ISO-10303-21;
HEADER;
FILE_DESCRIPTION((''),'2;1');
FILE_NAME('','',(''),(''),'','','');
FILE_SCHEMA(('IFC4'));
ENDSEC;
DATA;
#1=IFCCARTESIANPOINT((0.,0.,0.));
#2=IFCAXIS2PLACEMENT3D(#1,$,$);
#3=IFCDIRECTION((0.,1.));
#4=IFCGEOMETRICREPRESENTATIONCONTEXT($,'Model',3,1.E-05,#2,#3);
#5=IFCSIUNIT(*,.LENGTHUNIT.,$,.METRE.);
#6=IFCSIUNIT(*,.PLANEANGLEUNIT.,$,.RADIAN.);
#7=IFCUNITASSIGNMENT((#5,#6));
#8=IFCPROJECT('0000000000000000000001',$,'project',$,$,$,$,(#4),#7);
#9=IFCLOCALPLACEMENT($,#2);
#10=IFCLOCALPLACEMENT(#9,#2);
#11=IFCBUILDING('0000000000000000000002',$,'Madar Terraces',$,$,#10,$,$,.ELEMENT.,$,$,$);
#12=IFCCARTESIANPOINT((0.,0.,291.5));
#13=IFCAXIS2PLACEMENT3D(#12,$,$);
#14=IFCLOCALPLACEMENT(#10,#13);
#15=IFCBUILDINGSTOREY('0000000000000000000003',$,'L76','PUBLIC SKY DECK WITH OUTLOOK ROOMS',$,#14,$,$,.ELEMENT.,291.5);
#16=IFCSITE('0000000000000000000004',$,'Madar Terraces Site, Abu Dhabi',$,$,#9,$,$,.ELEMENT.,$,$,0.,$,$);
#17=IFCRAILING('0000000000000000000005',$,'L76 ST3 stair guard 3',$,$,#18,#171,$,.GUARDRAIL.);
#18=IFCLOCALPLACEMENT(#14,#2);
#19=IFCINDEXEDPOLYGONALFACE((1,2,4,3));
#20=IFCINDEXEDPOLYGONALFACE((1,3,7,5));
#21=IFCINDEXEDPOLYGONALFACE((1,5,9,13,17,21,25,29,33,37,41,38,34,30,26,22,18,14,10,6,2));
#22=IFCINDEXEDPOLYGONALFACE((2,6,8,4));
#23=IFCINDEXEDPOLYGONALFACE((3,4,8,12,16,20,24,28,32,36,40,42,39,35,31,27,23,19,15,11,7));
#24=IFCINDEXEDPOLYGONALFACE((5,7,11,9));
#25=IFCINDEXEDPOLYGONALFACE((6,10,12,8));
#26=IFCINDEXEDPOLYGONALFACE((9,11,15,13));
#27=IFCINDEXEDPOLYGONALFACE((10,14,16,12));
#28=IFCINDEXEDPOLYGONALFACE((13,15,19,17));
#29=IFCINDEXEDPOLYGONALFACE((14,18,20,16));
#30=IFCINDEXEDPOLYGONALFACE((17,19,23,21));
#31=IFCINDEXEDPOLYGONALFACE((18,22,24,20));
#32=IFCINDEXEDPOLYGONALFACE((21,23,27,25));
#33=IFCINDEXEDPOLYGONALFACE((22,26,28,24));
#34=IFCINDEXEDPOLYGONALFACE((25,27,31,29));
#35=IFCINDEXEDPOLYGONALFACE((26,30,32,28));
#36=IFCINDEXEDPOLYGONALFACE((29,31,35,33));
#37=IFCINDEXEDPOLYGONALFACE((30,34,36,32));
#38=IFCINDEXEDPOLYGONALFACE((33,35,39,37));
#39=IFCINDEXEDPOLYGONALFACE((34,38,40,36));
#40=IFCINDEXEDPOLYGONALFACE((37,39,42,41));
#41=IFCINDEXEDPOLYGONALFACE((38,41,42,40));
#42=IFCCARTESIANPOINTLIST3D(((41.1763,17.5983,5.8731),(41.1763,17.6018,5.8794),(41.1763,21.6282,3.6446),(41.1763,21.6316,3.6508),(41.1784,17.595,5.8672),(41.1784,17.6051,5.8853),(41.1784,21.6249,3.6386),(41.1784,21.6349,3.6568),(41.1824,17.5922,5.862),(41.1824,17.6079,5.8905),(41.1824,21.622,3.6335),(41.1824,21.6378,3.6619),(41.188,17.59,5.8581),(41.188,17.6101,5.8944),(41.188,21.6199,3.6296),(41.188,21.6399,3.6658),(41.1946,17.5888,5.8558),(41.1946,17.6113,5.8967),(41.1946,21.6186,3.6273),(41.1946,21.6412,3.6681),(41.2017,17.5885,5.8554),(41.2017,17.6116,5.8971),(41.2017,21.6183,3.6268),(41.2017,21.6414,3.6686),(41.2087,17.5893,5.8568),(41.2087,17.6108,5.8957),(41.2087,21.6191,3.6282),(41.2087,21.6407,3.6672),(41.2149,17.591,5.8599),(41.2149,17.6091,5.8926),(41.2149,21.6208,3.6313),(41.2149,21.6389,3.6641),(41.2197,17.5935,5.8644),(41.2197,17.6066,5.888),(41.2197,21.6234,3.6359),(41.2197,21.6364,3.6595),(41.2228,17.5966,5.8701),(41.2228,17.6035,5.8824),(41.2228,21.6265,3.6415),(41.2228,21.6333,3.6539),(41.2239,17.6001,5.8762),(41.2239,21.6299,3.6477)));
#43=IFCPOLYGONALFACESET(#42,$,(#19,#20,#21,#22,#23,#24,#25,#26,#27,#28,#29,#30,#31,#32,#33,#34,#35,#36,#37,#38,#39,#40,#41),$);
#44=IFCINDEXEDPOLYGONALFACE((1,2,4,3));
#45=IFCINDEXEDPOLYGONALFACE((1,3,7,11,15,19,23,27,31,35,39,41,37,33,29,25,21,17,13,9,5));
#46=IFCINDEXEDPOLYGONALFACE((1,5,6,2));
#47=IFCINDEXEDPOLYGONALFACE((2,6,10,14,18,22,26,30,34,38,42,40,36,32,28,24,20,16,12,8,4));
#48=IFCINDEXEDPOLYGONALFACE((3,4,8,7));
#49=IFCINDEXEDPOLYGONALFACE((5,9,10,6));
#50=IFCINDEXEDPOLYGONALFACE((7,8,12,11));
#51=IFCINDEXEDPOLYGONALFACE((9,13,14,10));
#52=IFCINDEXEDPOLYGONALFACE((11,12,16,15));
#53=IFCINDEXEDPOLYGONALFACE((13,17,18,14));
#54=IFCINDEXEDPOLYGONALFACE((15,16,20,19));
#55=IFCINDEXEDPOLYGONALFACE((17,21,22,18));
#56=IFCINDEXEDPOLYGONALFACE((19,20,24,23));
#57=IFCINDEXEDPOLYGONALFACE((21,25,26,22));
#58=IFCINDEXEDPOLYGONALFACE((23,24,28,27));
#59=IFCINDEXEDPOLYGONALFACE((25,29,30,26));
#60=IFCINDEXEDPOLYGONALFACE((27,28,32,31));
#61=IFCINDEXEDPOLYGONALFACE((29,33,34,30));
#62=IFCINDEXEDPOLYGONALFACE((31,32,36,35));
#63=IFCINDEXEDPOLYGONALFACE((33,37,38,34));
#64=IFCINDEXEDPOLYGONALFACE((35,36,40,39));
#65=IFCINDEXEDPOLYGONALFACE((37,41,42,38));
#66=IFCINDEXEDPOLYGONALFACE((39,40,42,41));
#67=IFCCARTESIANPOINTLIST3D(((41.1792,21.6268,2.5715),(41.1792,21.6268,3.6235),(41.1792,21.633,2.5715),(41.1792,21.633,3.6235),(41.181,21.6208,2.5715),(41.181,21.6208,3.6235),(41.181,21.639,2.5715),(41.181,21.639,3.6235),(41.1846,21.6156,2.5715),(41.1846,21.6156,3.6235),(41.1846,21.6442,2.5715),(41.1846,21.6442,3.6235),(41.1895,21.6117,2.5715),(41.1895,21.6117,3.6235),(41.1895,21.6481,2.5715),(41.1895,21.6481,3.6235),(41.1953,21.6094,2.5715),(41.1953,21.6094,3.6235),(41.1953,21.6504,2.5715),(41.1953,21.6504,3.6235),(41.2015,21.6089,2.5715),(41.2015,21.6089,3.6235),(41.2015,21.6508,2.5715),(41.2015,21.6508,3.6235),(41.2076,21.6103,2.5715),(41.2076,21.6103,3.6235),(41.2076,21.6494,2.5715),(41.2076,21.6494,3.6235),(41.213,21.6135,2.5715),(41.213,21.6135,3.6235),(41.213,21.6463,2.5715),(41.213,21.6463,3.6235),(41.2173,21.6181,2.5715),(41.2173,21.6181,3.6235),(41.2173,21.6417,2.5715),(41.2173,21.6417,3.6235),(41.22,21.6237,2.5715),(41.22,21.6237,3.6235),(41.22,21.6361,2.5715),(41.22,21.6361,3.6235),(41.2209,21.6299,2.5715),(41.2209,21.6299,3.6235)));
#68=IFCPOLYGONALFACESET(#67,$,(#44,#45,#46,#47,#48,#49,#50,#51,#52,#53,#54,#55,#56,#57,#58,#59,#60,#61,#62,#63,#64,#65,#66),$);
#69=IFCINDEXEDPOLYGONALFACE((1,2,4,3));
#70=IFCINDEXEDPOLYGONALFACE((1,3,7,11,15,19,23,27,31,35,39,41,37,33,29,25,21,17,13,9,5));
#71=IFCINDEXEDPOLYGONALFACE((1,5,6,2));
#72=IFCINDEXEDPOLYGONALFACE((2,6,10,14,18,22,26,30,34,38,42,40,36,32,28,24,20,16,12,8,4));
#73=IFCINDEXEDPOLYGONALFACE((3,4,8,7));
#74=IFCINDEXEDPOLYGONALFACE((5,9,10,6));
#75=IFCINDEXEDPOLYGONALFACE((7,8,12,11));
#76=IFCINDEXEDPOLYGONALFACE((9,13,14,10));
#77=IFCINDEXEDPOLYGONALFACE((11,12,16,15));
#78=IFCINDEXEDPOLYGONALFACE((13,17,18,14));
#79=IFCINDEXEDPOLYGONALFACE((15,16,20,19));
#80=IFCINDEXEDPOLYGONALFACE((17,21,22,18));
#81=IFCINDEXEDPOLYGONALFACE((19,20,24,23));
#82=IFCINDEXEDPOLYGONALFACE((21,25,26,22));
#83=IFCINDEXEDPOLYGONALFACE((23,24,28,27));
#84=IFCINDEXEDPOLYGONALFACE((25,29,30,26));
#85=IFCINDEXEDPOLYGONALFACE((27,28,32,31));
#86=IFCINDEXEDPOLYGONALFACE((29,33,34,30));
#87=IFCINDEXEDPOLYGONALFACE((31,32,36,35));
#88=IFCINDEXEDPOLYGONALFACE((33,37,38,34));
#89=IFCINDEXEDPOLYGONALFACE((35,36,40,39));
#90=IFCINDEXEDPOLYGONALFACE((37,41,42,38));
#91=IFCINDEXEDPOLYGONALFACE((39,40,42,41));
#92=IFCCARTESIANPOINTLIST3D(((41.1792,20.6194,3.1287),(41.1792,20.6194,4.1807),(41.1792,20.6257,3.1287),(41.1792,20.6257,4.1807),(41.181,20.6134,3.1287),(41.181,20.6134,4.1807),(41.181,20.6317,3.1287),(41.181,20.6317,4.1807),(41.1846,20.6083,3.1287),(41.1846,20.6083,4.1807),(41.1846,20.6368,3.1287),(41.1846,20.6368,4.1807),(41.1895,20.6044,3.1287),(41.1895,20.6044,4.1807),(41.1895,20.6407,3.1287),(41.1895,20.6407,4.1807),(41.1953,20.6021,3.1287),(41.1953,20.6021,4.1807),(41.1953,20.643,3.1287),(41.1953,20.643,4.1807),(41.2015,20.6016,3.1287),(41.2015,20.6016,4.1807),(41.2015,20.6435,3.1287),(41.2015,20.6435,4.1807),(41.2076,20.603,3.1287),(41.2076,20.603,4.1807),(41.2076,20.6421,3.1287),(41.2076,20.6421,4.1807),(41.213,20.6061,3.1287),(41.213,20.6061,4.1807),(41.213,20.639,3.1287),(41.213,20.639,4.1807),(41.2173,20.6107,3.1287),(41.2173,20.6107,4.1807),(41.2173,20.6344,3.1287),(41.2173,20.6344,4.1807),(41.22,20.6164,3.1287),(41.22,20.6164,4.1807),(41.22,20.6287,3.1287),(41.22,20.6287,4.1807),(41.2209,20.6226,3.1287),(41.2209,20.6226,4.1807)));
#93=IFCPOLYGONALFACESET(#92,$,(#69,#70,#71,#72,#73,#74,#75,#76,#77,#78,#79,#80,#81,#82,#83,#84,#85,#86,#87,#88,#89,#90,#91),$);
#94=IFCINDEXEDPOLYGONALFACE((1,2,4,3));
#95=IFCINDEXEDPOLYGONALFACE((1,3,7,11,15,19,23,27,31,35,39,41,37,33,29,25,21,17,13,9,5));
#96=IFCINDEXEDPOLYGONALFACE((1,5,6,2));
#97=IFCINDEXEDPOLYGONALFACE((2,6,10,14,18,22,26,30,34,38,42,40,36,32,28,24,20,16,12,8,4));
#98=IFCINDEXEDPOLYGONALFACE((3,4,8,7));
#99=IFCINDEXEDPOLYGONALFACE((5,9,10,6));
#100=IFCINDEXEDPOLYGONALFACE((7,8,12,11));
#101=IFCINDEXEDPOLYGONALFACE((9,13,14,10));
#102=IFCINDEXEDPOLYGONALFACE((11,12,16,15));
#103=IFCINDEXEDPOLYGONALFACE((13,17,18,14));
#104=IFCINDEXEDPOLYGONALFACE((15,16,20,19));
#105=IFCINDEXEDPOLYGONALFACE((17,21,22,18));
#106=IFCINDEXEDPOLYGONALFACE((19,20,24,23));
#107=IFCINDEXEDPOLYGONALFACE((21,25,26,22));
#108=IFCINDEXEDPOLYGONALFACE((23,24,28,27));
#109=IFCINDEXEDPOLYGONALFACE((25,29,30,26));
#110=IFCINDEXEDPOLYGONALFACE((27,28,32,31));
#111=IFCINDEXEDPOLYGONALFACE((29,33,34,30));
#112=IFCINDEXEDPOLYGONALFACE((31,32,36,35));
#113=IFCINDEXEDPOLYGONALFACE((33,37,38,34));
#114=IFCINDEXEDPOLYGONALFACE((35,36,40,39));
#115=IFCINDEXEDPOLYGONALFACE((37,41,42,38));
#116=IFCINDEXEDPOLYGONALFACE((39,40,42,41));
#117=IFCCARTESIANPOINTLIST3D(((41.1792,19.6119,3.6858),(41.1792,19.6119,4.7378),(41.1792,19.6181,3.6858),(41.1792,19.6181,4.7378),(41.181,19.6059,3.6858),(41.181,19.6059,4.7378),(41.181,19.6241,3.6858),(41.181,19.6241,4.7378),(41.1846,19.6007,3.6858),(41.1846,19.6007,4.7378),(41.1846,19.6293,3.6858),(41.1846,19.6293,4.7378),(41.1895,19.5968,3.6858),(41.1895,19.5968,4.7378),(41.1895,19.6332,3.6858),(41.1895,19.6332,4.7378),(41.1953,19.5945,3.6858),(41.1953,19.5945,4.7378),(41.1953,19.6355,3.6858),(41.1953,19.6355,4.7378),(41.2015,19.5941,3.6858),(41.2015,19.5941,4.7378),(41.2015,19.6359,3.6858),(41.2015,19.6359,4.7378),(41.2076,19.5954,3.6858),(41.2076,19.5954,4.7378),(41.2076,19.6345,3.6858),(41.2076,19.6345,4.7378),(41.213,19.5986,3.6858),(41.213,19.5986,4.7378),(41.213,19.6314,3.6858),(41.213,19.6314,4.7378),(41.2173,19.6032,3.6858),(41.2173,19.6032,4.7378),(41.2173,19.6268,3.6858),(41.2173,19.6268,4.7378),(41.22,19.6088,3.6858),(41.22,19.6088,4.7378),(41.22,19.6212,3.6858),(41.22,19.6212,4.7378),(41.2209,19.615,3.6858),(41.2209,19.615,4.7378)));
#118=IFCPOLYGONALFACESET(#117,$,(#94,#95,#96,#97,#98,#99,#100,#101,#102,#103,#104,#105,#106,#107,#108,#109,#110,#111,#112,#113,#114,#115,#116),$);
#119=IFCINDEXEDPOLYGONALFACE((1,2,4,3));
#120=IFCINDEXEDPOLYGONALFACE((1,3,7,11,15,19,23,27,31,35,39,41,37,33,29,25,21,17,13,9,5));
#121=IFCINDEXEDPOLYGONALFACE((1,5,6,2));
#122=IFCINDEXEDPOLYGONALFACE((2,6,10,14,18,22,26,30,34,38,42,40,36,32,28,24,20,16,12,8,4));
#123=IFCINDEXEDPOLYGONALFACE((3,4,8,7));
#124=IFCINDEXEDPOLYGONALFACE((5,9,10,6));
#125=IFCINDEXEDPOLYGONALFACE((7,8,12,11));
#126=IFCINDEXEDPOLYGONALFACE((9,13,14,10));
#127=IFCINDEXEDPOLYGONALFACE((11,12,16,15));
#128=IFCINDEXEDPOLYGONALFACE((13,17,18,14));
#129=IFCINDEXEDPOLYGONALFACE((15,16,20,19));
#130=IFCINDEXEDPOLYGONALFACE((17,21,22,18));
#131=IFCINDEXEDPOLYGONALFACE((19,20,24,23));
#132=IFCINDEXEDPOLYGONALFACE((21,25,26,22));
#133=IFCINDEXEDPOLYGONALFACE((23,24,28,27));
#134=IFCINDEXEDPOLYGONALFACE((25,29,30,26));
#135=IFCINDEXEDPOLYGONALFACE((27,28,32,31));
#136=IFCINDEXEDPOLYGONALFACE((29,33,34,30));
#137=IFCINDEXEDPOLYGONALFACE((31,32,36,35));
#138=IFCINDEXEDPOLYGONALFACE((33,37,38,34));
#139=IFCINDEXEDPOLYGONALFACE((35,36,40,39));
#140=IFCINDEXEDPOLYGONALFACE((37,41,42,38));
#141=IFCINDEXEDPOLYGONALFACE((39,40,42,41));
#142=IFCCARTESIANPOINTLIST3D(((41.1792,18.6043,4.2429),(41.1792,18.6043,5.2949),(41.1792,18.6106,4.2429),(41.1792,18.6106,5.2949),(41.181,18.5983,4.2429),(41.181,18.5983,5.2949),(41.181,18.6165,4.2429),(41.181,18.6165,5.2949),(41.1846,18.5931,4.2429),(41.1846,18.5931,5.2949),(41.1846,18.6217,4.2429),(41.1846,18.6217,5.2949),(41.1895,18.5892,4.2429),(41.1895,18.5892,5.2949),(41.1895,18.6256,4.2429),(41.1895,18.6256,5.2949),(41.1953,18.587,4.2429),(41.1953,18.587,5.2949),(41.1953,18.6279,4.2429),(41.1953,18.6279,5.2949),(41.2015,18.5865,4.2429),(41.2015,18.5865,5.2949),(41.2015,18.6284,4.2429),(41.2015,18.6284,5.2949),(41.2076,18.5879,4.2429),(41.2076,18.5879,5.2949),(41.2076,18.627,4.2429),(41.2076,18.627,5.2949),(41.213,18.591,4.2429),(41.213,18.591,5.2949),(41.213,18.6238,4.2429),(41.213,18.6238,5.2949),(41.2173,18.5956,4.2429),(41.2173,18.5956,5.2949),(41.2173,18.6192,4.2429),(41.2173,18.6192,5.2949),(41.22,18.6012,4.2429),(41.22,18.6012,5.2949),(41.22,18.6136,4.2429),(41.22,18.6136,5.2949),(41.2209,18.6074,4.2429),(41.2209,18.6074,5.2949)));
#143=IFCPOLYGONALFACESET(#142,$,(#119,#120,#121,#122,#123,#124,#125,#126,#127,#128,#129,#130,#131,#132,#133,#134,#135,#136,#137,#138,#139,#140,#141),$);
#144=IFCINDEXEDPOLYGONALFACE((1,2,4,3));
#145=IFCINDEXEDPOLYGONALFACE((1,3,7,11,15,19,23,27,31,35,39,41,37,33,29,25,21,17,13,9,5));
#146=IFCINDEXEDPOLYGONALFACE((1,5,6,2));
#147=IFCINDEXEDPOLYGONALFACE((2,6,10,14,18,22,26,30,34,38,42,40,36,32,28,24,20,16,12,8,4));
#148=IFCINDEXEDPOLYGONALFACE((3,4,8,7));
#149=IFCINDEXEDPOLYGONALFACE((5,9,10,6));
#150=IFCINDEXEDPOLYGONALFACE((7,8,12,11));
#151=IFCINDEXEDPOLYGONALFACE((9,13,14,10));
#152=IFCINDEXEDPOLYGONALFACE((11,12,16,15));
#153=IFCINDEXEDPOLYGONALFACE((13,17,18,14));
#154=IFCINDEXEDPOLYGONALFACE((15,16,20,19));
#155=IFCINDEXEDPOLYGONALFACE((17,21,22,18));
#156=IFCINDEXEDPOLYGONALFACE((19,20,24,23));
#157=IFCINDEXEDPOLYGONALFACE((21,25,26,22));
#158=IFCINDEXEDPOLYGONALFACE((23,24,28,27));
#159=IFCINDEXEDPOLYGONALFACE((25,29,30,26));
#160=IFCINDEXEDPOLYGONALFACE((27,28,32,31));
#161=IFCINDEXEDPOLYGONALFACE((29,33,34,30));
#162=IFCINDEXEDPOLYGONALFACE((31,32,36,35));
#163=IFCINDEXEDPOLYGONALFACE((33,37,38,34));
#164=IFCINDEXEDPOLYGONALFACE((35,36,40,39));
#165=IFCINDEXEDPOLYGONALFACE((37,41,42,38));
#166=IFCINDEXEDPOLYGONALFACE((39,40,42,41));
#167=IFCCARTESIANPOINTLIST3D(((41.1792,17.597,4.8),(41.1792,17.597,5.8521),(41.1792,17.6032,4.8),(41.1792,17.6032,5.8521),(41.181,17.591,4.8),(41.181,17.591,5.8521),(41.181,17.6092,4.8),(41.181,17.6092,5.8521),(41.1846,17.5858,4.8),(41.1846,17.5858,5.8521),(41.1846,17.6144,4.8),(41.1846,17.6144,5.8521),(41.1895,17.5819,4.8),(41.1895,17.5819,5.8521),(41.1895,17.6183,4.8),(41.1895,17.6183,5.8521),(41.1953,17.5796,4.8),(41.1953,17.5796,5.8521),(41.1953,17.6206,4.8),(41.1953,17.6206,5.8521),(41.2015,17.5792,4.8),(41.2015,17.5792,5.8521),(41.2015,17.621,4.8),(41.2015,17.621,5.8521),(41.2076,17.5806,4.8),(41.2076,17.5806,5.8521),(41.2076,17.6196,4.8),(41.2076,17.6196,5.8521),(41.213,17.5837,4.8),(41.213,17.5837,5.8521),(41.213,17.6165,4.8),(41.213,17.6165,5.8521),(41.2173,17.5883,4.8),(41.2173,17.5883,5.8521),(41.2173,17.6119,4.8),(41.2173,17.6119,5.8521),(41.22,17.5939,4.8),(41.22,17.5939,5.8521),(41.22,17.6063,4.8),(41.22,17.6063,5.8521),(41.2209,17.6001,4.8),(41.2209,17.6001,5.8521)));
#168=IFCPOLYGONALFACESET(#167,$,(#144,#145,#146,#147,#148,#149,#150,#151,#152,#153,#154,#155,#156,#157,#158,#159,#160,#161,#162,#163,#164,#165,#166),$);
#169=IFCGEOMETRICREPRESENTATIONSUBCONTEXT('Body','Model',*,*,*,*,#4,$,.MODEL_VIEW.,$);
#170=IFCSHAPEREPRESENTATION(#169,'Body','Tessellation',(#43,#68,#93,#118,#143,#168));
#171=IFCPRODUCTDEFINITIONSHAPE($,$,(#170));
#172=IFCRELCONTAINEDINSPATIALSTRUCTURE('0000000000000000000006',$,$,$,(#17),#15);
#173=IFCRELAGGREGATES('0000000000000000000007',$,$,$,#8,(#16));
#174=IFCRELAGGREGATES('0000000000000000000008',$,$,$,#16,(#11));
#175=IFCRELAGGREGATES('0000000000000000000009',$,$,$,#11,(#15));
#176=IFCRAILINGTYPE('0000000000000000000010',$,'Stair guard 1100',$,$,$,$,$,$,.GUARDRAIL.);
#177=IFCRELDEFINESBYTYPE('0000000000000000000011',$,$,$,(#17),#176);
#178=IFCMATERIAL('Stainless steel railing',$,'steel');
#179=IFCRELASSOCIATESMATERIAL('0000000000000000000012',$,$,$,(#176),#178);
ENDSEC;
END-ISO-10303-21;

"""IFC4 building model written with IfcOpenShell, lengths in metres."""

from ifc_helpers import new_model, si_unit, direction, frame, origin, origin_2d, place, context, subcontext, project, spatial, circle, extrude, material, type_object, element, save


model = new_model("IFC4")

# Units and contexts
model_context = context("Model", 3, precision=1e-05, world=origin(), true_north=direction((0.0, 1.0)))
body_context = subcontext(model_context, "Body", "Model", "MODEL_VIEW")
ifc_project = project(units=[si_unit("LENGTHUNIT", "METRE"), si_unit("PLANEANGLEUNIT", "RADIAN")], contexts=[model_context])

# Site, building, storey
site_placement = place(None, origin())
site = spatial("IfcSite", under=ifc_project, at=site_placement, Name="Madar Terraces Site, Abu Dhabi", CompositionType="ELEMENT", RefElevation=0.0)
building_placement = place(site_placement, origin())
building = spatial("IfcBuilding", under=site, at=building_placement, Name="Madar Terraces", CompositionType="ELEMENT")
storey_placement = place(building_placement, frame((0.0, 0.0, 291.5)))
storey = spatial("IfcBuildingStorey", under=building, at=storey_placement, Name="L76", Description="PUBLIC SKY DECK WITH OUTLOOK ROOMS", CompositionType="ELEMENT", Elevation=291.5)

# Railing
ifc_material_1 = material(Name="Stainless steel railing", Category="steel")
railing_type_1 = type_object("IfcRailingType", Name="Stair guard 1100", PredefinedType="GUARDRAIL", material=ifc_material_1)
railing_1_placement = place(storey_placement, frame((41.2, 21.6299, 2.5715)))
element("IfcRailing", 1, at=railing_1_placement, inside=storey, type_object=railing_type_1, Name="L76 ST3 stair guard 3", PredefinedType="GUARDRAIL", context=body_context, shape_type="SweptSolid", body=[
    extrude(circle(Radius=0.0239, at=origin_2d()), frame((0.0, 0.0, 1.0762), z_axis=(0.0, -0.875101, 0.48394), x_axis=(1.0, 0.0, 0.0)), (0.0, 0.0, 1.0), 4.605),
    extrude(circle(Radius=0.021, at=origin_2d()), origin(), (0.0, 0.0, 1.0), 1.052),
    extrude(circle(Radius=0.021, at=origin_2d()), frame((0.0, -1.0073, 0.5571)), (0.0, 0.0, 1.0), 1.052),
    extrude(circle(Radius=0.021, at=origin_2d()), frame((0.0, -2.0149, 1.1143)), (0.0, 0.0, 1.0), 1.052),
    extrude(circle(Radius=0.021, at=origin_2d()), frame((0.0, -3.0225, 1.6714)), (0.0, 0.0, 1.0), 1.052),
    extrude(circle(Radius=0.021, at=origin_2d()), frame((0.0, -4.0298, 2.2285)), (0.0, 0.0, 1.0), 1.052),
])

save(model, "model.ifc")
